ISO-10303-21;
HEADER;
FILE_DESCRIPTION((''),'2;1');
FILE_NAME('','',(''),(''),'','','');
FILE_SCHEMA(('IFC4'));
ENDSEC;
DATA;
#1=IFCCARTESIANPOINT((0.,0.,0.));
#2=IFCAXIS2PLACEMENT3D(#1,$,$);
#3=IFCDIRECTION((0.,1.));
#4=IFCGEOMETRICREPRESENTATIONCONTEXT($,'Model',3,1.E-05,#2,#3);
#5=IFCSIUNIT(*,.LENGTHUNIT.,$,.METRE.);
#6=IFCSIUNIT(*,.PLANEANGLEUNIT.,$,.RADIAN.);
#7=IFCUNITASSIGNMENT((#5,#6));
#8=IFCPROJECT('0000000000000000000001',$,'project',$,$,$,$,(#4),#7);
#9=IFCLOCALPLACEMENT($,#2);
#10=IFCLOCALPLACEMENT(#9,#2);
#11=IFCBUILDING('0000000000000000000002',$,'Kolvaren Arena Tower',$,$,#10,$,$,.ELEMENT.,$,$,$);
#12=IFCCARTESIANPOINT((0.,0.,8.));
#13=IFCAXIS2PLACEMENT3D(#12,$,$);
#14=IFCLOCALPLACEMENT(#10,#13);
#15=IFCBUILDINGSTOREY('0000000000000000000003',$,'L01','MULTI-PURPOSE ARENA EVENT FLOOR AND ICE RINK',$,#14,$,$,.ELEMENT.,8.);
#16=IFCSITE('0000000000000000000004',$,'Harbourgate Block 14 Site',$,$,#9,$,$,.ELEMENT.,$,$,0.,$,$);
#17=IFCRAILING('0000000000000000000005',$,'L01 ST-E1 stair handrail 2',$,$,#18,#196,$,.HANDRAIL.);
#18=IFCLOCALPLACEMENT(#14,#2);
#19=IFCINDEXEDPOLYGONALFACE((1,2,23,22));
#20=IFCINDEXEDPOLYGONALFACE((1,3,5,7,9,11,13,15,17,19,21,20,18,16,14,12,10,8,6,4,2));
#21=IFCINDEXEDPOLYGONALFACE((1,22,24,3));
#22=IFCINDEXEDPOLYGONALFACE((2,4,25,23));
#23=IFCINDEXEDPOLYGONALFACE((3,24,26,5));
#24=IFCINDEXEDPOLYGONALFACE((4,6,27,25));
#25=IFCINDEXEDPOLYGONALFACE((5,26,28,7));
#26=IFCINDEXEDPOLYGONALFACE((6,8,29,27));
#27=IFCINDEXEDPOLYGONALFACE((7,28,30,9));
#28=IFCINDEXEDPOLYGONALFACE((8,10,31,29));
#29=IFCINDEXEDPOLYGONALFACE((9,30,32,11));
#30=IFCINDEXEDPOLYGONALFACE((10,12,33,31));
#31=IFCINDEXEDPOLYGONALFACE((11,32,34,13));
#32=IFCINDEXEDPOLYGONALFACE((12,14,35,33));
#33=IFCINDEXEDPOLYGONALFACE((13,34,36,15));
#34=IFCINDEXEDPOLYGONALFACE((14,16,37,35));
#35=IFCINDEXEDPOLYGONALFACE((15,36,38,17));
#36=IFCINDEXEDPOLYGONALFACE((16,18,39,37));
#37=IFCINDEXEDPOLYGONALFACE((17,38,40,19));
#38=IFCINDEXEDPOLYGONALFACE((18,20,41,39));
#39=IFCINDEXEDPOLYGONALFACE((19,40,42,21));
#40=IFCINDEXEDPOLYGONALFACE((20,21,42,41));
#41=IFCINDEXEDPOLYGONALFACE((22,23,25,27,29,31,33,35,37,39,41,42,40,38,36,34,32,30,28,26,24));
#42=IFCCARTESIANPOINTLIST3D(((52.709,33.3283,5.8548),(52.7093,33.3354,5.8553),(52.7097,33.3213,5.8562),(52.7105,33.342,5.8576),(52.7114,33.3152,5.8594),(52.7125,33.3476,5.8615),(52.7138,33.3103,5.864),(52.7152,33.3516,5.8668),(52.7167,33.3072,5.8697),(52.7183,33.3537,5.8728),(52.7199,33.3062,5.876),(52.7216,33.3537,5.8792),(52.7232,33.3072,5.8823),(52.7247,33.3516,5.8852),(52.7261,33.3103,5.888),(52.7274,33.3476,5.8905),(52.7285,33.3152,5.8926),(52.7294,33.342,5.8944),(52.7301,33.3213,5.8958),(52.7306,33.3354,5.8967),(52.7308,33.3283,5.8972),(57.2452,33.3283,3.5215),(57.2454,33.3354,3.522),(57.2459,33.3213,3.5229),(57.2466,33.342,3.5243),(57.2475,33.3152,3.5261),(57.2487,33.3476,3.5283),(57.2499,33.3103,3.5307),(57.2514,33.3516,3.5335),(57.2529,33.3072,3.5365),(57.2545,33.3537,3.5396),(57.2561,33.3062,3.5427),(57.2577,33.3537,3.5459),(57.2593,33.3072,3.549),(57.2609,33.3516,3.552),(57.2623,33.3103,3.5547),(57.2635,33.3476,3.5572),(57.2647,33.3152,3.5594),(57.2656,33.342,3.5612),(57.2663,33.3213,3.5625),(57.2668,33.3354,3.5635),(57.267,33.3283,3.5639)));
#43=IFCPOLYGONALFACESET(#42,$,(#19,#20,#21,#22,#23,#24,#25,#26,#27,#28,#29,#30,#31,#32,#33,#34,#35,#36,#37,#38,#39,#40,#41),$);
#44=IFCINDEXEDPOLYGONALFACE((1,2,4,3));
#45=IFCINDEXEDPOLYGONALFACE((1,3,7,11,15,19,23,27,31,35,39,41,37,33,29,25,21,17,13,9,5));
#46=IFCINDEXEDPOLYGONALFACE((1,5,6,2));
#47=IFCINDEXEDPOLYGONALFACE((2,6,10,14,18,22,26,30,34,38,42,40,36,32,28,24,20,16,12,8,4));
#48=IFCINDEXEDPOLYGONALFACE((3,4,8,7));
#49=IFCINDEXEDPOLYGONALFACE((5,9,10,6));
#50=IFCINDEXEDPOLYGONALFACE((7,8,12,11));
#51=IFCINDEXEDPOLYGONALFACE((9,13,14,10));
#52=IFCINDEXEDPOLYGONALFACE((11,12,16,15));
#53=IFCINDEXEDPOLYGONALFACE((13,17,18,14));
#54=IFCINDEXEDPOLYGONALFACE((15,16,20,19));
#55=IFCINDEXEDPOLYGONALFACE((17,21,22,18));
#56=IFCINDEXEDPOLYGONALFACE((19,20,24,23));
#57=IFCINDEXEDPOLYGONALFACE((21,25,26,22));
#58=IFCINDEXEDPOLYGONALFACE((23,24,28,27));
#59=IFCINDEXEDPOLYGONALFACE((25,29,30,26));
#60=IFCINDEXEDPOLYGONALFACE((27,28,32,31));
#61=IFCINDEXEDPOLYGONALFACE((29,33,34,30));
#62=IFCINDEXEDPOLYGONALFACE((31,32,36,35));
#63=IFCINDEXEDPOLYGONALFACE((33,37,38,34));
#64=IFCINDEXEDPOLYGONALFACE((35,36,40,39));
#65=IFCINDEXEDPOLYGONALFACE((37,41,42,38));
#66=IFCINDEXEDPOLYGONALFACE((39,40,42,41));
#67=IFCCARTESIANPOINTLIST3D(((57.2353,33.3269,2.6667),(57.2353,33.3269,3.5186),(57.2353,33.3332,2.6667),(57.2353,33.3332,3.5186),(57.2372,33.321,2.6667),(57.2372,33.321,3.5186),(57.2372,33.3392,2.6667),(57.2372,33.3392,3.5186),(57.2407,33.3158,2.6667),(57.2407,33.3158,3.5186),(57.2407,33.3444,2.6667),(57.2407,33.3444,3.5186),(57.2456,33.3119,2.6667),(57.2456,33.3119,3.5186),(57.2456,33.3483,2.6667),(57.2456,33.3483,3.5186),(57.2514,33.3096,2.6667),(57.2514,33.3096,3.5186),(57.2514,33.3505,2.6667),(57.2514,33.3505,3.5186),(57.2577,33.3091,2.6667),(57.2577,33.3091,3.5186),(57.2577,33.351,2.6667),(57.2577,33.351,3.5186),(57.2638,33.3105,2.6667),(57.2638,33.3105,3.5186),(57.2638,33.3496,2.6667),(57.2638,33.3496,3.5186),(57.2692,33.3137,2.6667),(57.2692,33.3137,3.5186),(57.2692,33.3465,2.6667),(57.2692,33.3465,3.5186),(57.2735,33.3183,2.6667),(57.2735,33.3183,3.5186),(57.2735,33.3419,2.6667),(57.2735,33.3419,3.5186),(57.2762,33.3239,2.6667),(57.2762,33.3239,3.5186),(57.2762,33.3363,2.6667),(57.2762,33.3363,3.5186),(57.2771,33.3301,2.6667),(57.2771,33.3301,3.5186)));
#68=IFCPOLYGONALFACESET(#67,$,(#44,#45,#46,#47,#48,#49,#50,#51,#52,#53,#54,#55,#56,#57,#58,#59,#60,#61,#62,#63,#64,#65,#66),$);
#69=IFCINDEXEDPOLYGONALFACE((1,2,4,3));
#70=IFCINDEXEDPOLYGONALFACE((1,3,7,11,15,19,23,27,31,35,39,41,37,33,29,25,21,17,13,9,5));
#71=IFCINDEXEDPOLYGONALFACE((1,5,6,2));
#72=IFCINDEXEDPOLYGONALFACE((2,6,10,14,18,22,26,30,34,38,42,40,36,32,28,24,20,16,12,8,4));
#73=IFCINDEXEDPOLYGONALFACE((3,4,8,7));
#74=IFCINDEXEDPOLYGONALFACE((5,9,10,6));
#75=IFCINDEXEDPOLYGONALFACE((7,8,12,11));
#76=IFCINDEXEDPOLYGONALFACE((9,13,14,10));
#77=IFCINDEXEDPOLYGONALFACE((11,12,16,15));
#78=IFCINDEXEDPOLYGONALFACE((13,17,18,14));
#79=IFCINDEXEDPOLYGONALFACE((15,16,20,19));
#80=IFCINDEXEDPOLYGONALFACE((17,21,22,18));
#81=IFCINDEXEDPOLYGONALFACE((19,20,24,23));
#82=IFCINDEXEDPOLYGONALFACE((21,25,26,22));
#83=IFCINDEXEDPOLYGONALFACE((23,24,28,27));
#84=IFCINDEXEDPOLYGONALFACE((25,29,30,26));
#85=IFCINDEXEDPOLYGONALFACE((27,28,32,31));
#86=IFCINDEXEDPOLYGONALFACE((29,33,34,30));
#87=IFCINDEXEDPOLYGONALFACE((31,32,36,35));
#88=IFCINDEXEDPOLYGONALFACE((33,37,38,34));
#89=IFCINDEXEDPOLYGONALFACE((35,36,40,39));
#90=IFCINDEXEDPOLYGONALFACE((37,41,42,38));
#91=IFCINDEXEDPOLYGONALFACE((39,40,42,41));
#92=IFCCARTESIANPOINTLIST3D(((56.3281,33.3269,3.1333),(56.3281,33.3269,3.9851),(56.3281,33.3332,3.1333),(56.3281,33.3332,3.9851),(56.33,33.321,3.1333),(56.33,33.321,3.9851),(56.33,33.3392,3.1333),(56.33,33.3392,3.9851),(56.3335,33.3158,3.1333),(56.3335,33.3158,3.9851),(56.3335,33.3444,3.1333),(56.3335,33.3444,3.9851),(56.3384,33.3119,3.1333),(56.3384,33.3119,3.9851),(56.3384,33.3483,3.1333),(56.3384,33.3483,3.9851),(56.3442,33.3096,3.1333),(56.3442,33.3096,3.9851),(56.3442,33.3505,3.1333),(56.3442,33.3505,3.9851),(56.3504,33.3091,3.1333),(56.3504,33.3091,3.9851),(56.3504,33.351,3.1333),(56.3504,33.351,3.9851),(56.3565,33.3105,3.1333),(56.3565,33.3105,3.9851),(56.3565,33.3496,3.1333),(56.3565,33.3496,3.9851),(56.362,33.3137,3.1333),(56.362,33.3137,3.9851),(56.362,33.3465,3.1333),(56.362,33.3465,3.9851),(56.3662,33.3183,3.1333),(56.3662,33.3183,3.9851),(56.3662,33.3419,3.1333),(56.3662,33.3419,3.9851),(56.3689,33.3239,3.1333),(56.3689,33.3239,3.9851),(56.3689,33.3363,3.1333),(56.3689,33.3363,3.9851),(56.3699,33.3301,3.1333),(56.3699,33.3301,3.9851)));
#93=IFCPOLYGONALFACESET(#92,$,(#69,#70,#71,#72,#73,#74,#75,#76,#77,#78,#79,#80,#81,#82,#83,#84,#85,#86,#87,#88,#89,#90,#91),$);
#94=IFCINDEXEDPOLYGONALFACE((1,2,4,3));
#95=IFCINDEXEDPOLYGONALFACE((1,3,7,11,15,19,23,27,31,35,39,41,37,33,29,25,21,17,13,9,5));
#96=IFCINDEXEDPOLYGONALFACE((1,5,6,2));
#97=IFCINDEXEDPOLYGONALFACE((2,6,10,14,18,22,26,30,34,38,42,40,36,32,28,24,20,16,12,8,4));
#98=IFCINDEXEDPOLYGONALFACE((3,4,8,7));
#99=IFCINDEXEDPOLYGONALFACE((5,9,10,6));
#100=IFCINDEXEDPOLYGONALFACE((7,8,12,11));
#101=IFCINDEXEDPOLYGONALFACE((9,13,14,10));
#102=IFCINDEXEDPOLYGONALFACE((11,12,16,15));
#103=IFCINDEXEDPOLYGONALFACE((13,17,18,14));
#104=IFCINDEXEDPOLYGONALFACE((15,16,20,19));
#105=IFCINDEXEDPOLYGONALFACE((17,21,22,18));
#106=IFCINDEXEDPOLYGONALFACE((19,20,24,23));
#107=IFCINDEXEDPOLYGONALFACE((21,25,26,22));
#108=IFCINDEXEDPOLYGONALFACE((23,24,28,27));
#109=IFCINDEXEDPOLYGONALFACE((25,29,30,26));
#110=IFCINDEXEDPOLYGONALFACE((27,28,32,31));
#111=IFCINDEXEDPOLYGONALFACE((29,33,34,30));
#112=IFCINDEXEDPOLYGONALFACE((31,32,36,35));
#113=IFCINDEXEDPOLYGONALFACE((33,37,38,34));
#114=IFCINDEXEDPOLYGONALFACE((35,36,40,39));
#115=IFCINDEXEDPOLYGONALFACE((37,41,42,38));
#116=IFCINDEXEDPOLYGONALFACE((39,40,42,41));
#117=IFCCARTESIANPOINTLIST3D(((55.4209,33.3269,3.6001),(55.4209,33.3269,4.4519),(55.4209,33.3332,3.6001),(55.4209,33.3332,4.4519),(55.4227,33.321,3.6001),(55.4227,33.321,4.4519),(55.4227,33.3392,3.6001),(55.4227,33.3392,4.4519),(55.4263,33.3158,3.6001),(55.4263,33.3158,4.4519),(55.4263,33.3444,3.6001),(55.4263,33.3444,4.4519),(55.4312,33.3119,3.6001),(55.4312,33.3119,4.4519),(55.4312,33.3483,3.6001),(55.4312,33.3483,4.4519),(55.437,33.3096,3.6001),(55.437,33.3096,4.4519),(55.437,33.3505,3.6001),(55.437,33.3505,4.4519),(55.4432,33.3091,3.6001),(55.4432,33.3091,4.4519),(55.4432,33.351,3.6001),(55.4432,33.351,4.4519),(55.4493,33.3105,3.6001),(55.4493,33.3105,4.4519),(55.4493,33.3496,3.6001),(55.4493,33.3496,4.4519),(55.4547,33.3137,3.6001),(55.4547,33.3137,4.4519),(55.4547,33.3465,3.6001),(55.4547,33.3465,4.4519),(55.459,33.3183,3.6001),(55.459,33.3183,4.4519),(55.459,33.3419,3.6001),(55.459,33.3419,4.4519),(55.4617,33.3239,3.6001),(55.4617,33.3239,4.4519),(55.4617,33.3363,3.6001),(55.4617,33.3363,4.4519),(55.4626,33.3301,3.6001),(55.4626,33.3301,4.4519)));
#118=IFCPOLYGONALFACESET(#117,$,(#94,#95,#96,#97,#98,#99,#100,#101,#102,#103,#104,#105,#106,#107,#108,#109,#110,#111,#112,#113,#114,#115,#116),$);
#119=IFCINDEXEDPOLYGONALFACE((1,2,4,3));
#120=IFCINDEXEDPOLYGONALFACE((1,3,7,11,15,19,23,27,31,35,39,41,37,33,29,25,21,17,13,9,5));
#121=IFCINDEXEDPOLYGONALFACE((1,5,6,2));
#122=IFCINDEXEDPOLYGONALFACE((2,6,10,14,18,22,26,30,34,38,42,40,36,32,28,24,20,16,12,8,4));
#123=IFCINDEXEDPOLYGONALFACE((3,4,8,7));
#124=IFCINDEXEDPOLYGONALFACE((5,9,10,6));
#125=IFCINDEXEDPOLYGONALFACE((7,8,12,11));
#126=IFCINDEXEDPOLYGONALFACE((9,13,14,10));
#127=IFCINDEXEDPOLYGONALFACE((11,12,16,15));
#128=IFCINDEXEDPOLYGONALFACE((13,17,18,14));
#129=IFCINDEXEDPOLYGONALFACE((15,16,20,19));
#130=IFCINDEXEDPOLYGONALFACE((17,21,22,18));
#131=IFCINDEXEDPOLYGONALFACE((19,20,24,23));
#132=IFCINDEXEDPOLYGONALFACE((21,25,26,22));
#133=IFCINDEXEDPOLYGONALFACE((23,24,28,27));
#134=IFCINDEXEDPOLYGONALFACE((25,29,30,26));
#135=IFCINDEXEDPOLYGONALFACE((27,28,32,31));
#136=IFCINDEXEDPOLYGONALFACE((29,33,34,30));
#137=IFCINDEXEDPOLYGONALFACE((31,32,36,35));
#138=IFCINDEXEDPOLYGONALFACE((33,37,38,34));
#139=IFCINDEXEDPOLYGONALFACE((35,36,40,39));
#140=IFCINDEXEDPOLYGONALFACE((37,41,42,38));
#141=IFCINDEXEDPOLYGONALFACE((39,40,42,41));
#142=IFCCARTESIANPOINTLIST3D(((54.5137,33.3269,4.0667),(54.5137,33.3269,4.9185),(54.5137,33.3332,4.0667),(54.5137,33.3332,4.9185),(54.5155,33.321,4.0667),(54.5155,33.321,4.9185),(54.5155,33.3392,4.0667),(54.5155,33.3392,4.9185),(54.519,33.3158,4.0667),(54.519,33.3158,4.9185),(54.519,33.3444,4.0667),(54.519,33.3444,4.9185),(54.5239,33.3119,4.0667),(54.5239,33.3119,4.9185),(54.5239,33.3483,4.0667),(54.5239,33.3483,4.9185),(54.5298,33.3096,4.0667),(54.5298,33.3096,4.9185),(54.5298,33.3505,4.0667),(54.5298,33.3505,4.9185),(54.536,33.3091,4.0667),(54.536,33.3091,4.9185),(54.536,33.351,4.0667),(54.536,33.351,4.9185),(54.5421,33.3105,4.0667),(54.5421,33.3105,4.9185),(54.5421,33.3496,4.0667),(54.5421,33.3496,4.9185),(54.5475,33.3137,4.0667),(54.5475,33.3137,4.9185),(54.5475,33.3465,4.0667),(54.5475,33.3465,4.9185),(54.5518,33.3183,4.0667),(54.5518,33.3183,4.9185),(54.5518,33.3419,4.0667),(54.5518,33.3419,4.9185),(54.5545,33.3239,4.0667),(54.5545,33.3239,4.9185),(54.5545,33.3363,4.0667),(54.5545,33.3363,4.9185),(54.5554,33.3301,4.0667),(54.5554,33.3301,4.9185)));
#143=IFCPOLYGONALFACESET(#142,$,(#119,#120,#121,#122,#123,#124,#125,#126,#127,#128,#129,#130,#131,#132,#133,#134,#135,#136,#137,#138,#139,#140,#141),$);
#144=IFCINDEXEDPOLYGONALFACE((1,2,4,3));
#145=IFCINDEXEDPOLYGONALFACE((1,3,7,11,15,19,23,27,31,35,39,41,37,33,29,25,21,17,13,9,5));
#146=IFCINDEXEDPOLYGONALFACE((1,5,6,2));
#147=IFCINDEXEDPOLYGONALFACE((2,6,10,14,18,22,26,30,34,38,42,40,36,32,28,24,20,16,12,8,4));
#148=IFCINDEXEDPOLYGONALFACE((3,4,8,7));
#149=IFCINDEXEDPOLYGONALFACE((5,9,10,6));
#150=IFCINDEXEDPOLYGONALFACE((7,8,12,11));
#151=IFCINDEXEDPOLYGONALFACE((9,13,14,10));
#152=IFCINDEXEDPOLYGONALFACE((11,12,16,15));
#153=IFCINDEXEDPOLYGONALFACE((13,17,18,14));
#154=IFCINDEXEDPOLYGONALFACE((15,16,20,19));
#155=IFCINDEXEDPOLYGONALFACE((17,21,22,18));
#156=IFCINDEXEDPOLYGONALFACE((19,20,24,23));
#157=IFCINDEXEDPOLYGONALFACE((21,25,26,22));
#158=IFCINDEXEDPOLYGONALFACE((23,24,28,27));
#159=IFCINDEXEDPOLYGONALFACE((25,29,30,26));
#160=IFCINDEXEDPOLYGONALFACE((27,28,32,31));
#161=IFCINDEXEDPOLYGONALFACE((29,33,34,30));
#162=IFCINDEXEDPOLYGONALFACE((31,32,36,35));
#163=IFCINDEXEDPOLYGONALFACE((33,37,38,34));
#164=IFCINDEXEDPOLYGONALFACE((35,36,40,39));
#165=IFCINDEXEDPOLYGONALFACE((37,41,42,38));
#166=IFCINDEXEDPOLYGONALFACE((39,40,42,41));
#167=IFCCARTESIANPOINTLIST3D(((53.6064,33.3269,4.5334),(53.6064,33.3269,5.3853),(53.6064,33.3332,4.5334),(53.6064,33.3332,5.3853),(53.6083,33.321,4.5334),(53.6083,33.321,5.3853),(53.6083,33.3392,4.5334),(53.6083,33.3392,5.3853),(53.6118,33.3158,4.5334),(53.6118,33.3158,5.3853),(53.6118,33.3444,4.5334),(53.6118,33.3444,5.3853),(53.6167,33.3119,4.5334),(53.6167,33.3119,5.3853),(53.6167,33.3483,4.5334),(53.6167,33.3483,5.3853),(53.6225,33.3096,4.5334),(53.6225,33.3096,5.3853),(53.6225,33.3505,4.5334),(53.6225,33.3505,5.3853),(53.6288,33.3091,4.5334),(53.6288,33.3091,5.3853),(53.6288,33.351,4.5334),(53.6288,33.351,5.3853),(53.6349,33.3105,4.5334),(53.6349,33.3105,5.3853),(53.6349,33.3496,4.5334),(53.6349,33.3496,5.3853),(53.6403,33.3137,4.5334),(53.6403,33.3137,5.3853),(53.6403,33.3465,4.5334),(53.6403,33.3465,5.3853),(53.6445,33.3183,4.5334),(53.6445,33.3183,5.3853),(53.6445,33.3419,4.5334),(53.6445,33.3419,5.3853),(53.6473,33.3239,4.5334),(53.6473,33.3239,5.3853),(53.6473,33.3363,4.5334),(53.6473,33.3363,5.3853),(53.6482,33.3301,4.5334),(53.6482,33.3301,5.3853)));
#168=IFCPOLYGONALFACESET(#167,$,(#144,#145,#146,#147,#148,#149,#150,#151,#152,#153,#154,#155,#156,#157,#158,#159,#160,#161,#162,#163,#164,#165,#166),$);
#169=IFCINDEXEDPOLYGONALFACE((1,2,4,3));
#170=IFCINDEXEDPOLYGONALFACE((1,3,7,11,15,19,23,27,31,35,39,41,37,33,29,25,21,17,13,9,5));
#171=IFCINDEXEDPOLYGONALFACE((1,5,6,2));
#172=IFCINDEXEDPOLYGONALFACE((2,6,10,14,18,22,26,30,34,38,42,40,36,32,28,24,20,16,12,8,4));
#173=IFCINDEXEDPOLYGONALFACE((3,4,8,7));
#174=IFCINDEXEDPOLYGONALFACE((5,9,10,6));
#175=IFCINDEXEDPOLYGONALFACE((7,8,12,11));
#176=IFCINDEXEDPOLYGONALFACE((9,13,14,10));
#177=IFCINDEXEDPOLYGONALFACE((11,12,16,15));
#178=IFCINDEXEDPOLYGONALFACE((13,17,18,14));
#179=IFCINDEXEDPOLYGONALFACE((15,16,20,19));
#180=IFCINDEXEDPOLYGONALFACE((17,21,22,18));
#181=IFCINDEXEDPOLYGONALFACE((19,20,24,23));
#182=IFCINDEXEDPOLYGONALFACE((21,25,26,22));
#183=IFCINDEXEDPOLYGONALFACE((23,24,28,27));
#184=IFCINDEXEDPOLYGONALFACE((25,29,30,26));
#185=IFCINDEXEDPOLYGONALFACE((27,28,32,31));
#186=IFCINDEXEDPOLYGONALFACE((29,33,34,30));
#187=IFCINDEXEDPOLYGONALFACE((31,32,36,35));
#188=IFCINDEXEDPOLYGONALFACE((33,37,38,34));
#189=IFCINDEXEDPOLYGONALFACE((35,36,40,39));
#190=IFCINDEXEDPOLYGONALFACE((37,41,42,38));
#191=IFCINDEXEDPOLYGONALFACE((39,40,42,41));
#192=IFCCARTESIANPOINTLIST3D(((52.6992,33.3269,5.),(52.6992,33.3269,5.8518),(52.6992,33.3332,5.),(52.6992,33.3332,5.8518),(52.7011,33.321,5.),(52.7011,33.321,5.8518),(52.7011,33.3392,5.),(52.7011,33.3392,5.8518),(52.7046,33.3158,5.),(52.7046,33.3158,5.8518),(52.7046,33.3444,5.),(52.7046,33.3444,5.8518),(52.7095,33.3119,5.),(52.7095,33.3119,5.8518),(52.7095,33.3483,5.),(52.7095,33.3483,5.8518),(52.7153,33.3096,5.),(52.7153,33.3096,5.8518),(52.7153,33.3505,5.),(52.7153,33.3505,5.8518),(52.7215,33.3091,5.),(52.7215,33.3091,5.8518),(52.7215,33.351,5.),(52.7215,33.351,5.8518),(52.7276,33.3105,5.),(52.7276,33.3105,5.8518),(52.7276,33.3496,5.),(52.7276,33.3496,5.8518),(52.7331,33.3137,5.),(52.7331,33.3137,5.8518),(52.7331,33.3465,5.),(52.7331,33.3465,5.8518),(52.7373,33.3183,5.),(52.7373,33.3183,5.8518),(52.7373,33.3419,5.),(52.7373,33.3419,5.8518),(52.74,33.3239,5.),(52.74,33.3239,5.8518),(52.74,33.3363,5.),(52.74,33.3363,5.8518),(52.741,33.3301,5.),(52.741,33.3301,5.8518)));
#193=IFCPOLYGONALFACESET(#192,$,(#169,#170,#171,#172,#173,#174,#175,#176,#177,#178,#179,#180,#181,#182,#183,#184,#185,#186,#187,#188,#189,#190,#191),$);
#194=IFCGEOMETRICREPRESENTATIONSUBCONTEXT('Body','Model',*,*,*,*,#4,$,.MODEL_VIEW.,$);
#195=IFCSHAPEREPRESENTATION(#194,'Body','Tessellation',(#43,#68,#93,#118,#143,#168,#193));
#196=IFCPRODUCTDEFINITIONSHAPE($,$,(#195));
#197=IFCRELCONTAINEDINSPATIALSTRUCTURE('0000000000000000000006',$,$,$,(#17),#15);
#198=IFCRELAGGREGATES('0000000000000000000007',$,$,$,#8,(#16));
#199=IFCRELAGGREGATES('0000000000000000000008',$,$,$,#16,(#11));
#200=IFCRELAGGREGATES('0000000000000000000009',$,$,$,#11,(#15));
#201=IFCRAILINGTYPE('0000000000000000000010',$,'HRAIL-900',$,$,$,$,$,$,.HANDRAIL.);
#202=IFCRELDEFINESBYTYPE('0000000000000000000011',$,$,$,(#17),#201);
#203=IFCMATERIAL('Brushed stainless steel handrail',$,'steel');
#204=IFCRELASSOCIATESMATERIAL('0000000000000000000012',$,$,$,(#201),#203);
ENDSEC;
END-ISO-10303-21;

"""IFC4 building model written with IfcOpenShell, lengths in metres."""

from ifc_helpers import new_model, si_unit, direction, frame, origin, origin_2d, place, context, subcontext, project, spatial, circle, extrude, material, type_object, element, save


model = new_model("IFC4")

# Units and contexts
model_context = context("Model", 3, precision=1e-05, world=origin(), true_north=direction((0.0, 1.0)))
body_context = subcontext(model_context, "Body", "Model", "MODEL_VIEW")
ifc_project = project(units=[si_unit("LENGTHUNIT", "METRE"), si_unit("PLANEANGLEUNIT", "RADIAN")], contexts=[model_context])

# Site, building, storey
site_placement = place(None, origin())
site = spatial("IfcSite", under=ifc_project, at=site_placement, Name="Harbourgate Block 14 Site", CompositionType="ELEMENT", RefElevation=0.0)
building_placement = place(site_placement, origin())
building = spatial("IfcBuilding", under=site, at=building_placement, Name="Kolvaren Arena Tower", CompositionType="ELEMENT")
storey_placement = place(building_placement, frame((0.0, 0.0, 8.0)))
storey = spatial("IfcBuildingStorey", under=building, at=storey_placement, Name="L01", Description="MULTI-PURPOSE ARENA EVENT FLOOR AND ICE RINK", CompositionType="ELEMENT", Elevation=8.0)

# Railing
ifc_material_1 = material(Name="Brushed stainless steel handrail", Category="steel")
railing_type_1 = type_object("IfcRailingType", Name="HRAIL-900", PredefinedType="HANDRAIL", material=ifc_material_1)
railing_1_placement = place(storey_placement, frame((57.2561, 33.3301, 2.6667)))
element("IfcRailing", 1, at=railing_1_placement, inside=storey, type_object=railing_type_1, Name="L01 ST-E1 stair handrail 2", PredefinedType="HANDRAIL", context=body_context, shape_type="SweptSolid", body=[
    extrude(circle(Radius=0.0239, at=origin_2d()), frame((0.0, 0.0, 0.876), z_axis=(-0.889257, 0.0, 0.457407), x_axis=(0.0, -1.0, 0.0)), (0.0, 0.0, 1.0), 5.1011),
    extrude(circle(Radius=0.021, at=origin_2d()), origin(), (0.0, 0.0, 1.0), 0.8518),
    extrude(circle(Radius=0.021, at=origin_2d()), frame((-0.9072, 0.0, 0.4666)), (0.0, 0.0, 1.0), 0.8518),
    extrude(circle(Radius=0.021, at=origin_2d()), frame((-1.8145, 0.0, 0.9333)), (0.0, 0.0, 1.0), 0.8518),
    extrude(circle(Radius=0.021, at=origin_2d()), frame((-2.7217, 0.0, 1.3999)), (0.0, 0.0, 1.0), 0.8518),
    extrude(circle(Radius=0.021, at=origin_2d()), frame((-3.6289, 0.0, 1.8667)), (0.0, 0.0, 1.0), 0.8518),
    extrude(circle(Radius=0.021, at=origin_2d()), frame((-4.5361, 0.0, 2.3333)), (0.0, 0.0, 1.0), 0.8518),
])

save(model, "model.ifc")
